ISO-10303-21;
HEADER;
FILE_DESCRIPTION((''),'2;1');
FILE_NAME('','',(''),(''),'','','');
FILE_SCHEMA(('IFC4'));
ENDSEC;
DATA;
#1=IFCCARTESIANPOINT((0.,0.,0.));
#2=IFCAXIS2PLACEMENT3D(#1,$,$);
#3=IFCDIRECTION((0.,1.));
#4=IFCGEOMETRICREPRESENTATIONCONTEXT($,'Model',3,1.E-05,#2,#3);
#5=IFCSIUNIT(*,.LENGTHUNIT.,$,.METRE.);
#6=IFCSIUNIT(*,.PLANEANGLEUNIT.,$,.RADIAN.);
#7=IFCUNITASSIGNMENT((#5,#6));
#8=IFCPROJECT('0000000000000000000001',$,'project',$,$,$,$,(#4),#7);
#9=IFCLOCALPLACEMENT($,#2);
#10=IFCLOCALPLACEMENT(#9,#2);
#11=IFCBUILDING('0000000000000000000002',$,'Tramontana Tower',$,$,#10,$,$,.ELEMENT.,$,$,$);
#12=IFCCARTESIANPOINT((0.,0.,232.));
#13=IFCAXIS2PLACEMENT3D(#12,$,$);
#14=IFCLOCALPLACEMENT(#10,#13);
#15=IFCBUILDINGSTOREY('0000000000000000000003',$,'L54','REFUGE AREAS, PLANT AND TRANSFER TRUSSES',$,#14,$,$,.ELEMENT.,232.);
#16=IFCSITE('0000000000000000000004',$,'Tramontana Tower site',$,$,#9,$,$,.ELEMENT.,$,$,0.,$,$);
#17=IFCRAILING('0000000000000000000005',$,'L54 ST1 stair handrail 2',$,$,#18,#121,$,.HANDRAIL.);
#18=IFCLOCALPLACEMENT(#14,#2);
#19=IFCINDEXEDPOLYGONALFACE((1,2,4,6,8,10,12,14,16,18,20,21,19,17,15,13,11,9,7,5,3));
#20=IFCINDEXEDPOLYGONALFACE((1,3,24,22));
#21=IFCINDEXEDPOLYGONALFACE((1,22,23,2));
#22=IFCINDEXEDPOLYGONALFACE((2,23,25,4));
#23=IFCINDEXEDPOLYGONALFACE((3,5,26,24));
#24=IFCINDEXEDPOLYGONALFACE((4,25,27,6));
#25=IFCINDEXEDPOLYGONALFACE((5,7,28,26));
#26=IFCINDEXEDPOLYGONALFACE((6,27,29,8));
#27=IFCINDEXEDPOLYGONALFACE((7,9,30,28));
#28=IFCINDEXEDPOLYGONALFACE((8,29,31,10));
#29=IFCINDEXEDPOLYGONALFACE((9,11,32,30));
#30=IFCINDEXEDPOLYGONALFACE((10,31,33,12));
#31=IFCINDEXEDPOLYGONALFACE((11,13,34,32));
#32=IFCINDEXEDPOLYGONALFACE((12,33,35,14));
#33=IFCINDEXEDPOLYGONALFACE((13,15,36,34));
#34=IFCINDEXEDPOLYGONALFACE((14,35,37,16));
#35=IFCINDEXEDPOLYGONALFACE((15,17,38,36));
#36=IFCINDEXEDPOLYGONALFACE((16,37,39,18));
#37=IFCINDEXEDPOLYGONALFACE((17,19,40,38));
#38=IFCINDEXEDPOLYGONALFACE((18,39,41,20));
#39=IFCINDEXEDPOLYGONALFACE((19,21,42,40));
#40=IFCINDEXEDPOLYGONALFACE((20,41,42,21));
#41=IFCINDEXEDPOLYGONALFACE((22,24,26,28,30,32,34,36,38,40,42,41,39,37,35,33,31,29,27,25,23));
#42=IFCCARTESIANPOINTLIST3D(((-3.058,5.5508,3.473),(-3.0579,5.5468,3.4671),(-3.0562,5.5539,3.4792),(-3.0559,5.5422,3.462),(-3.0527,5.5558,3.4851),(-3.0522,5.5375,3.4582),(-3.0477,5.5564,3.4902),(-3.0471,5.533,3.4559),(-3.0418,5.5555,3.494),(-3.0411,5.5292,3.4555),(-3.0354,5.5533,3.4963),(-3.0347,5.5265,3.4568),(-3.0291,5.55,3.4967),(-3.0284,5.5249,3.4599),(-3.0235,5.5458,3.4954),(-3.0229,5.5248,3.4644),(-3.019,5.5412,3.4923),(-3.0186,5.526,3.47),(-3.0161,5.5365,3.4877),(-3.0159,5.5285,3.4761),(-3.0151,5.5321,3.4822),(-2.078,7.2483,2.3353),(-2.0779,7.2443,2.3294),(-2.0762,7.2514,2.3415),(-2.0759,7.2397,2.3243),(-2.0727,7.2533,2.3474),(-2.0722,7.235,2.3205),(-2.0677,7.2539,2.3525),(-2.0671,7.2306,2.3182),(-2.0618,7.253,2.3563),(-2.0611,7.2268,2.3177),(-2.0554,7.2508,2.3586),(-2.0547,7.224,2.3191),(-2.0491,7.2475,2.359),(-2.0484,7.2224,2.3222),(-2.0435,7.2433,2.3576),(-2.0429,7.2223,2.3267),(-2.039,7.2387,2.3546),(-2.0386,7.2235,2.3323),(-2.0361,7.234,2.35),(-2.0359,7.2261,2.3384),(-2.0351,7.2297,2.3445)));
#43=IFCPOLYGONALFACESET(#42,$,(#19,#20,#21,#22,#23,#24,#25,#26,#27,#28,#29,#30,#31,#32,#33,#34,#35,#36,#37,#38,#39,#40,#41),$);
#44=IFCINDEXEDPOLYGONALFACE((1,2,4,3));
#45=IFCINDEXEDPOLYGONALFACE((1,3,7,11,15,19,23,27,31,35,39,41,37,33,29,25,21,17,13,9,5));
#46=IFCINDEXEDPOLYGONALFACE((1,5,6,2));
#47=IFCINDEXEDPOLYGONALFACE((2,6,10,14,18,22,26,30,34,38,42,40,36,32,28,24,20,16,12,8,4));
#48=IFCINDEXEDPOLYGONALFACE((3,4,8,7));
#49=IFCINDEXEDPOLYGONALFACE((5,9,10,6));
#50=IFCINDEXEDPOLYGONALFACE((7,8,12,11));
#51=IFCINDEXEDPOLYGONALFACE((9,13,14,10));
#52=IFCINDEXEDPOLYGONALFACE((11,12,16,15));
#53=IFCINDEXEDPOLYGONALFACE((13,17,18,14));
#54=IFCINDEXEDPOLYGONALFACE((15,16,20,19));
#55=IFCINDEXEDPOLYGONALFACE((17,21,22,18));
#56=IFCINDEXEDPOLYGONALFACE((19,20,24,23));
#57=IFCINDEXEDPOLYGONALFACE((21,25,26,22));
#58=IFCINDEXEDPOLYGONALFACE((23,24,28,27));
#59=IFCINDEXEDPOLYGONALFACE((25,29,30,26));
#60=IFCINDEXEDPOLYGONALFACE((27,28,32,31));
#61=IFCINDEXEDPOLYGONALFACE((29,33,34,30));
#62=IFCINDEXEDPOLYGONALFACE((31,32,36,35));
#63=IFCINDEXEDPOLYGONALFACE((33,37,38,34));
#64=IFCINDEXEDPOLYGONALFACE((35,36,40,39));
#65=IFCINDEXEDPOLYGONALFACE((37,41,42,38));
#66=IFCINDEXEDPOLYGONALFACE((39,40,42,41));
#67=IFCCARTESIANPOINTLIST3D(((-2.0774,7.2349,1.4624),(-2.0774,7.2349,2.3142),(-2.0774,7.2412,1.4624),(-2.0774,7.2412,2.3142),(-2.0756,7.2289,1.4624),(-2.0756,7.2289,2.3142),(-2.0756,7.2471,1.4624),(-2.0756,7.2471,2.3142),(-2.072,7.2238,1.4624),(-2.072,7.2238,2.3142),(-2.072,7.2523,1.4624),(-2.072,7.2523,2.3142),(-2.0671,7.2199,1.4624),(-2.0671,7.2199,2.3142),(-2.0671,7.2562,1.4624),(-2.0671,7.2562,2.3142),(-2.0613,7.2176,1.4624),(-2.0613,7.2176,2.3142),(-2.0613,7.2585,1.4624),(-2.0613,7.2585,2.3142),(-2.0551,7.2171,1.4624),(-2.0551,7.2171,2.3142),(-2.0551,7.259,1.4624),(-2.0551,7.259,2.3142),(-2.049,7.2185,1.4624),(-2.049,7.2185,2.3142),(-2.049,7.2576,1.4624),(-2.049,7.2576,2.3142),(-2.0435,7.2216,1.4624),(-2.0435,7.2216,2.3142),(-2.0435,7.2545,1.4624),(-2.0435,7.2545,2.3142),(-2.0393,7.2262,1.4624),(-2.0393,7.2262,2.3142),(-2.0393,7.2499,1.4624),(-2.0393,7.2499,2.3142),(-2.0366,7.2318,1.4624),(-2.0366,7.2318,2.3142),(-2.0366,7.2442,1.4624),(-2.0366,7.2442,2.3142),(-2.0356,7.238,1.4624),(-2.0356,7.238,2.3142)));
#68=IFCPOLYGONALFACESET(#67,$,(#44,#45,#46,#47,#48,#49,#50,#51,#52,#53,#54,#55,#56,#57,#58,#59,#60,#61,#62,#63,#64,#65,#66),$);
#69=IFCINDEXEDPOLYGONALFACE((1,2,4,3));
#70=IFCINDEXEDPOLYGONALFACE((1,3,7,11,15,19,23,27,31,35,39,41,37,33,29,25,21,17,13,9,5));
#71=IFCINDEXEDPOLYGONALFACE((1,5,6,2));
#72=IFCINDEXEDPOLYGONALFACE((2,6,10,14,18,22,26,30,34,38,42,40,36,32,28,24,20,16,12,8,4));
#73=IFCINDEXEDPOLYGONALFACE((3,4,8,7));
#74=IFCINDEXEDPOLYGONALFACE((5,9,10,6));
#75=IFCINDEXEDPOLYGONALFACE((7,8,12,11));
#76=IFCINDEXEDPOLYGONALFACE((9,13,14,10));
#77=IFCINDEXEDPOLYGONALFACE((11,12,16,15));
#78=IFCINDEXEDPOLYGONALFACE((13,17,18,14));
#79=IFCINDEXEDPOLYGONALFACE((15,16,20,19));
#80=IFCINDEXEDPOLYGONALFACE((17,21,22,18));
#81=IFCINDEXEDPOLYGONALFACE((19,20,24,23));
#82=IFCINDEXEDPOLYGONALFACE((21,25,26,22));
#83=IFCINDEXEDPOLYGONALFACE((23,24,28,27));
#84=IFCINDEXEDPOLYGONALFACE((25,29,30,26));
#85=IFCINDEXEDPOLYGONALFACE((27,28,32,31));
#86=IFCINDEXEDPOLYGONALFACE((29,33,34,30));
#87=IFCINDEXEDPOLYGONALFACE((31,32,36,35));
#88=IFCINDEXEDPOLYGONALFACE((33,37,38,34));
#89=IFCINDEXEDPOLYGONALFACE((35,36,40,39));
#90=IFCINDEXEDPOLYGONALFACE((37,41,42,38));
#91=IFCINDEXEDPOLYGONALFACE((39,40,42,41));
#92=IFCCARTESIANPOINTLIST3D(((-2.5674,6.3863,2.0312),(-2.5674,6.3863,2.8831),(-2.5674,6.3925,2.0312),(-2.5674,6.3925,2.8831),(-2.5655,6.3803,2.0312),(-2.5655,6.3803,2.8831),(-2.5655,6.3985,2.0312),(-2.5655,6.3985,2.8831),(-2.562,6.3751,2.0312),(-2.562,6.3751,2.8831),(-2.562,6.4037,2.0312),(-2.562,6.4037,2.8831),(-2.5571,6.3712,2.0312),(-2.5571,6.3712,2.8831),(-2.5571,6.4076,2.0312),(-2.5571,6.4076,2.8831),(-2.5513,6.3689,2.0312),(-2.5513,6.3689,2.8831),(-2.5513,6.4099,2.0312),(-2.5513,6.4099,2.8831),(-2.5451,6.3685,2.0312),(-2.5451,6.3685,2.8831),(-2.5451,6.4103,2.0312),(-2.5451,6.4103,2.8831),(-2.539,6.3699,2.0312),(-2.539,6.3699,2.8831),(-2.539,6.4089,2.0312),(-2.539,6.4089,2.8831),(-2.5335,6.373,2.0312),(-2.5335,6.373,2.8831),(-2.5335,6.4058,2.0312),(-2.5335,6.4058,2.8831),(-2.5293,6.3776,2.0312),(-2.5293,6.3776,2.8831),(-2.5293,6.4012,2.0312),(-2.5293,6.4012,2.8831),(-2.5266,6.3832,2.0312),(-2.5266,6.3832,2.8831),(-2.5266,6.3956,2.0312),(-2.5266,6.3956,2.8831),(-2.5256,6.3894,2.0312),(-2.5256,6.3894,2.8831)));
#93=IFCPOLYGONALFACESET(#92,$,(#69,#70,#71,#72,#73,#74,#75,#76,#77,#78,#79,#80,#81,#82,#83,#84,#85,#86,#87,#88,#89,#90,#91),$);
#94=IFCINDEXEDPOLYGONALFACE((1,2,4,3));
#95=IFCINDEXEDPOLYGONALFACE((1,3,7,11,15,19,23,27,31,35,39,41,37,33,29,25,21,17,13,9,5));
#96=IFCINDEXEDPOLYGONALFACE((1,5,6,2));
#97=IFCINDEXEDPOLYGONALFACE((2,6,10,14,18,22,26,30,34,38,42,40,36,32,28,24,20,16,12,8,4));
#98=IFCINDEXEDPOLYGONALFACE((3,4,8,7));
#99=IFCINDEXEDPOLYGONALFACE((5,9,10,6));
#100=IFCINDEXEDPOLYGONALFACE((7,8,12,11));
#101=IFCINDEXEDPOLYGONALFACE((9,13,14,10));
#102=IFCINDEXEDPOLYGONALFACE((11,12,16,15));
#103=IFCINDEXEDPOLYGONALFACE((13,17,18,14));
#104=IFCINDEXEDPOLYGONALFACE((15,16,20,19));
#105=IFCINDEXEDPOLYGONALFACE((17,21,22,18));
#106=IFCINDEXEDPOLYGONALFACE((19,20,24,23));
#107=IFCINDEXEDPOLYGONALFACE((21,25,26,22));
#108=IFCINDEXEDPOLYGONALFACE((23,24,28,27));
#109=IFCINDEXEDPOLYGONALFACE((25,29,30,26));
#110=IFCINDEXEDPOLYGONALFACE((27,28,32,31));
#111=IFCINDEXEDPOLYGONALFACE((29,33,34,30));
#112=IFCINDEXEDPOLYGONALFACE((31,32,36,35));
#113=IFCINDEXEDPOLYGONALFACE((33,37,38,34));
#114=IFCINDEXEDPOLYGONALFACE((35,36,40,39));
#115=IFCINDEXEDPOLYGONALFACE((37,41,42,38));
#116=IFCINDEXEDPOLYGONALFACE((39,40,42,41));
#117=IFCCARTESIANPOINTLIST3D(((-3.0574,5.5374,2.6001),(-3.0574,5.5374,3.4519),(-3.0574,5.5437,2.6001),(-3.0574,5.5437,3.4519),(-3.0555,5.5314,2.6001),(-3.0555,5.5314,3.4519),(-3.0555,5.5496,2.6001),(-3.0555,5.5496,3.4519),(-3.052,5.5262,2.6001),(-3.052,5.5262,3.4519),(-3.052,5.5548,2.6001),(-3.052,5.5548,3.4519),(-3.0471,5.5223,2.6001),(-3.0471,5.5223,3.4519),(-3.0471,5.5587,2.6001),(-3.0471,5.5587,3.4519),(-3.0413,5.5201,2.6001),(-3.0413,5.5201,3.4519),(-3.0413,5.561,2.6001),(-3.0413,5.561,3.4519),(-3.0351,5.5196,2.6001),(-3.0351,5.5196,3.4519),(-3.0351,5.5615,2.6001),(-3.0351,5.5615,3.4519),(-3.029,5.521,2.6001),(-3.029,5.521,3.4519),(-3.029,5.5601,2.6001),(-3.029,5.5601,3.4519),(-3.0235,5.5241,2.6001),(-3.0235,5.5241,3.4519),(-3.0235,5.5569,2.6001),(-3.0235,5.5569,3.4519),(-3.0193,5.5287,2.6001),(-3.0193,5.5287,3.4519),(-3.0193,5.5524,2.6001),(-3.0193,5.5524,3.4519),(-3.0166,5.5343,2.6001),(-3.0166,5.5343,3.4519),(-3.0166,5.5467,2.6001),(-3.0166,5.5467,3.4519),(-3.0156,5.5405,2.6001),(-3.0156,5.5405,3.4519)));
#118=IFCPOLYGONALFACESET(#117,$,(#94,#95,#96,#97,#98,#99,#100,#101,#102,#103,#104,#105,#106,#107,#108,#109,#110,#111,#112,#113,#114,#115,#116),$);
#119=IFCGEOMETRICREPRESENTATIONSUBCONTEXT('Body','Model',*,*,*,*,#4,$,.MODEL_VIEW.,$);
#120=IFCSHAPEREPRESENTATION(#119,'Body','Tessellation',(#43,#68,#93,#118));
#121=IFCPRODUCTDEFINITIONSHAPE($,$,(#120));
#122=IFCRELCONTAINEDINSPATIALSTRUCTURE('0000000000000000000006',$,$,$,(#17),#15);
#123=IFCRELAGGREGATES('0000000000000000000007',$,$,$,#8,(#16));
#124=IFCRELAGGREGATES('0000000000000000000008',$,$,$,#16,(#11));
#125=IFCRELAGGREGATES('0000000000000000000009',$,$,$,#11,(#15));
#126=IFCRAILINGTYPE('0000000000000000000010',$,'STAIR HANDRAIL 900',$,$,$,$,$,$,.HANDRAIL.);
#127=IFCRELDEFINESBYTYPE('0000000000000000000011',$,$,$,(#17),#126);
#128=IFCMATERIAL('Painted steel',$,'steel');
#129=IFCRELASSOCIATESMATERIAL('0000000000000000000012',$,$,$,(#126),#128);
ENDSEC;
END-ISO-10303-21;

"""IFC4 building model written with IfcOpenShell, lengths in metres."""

from ifc_helpers import new_model, si_unit, direction, frame, origin, origin_2d, place, context, subcontext, project, spatial, circle, extrude, material, type_object, element, save


model = new_model("IFC4")

# Units and contexts
model_context = context("Model", 3, precision=1e-05, world=origin(), true_north=direction((0.0, 1.0)))
body_context = subcontext(model_context, "Body", "Model", "MODEL_VIEW")
ifc_project = project(units=[si_unit("LENGTHUNIT", "METRE"), si_unit("PLANEANGLEUNIT", "RADIAN")], contexts=[model_context])

# Site, building, storey
site_placement = place(None, origin())
site = spatial("IfcSite", under=ifc_project, at=site_placement, Name="Tramontana Tower site", CompositionType="ELEMENT", RefElevation=0.0)
building_placement = place(site_placement, origin())
building = spatial("IfcBuilding", under=site, at=building_placement, Name="Tramontana Tower", CompositionType="ELEMENT")
storey_placement = place(building_placement, frame((0.0, 0.0, 232.0)))
storey = spatial("IfcBuildingStorey", under=building, at=storey_placement, Name="L54", Description="REFUGE AREAS, PLANT AND TRANSFER TRUSSES", CompositionType="ELEMENT", Elevation=232.0)

# Railing
ifc_material_1 = material(Name="Painted steel", Category="steel")
railing_type_1 = type_object("IfcRailingType", Name="STAIR HANDRAIL 900", PredefinedType="HANDRAIL", material=ifc_material_1)
railing_1_placement = place(storey_placement, frame((-2.0566, 7.238, 1.4624)))
element("IfcRailing", 1, at=railing_1_placement, inside=storey, type_object=railing_type_1, Name="L54 ST1 stair handrail 2", PredefinedType="HANDRAIL", context=body_context, shape_type="SweptSolid", body=[
    extrude(circle(Radius=0.0239, at=origin_2d()), frame((0.0, 0.0, 0.876), z_axis=(-0.432409, -0.749013, 0.501999), x_axis=(0.866042, -0.49997, 0.0)), (0.0, 0.0, 1.0), 2.2664),
    extrude(circle(Radius=0.021, at=origin_2d()), origin(), (0.0, 0.0, 1.0), 0.8518),
    extrude(circle(Radius=0.021, at=origin_2d()), frame((-0.49, -0.8486, 0.5688)), (0.0, 0.0, 1.0), 0.8518),
    extrude(circle(Radius=0.021, at=origin_2d()), frame((-0.98, -1.6975, 1.1377)), (0.0, 0.0, 1.0), 0.8518),
])

save(model, "model.ifc")
